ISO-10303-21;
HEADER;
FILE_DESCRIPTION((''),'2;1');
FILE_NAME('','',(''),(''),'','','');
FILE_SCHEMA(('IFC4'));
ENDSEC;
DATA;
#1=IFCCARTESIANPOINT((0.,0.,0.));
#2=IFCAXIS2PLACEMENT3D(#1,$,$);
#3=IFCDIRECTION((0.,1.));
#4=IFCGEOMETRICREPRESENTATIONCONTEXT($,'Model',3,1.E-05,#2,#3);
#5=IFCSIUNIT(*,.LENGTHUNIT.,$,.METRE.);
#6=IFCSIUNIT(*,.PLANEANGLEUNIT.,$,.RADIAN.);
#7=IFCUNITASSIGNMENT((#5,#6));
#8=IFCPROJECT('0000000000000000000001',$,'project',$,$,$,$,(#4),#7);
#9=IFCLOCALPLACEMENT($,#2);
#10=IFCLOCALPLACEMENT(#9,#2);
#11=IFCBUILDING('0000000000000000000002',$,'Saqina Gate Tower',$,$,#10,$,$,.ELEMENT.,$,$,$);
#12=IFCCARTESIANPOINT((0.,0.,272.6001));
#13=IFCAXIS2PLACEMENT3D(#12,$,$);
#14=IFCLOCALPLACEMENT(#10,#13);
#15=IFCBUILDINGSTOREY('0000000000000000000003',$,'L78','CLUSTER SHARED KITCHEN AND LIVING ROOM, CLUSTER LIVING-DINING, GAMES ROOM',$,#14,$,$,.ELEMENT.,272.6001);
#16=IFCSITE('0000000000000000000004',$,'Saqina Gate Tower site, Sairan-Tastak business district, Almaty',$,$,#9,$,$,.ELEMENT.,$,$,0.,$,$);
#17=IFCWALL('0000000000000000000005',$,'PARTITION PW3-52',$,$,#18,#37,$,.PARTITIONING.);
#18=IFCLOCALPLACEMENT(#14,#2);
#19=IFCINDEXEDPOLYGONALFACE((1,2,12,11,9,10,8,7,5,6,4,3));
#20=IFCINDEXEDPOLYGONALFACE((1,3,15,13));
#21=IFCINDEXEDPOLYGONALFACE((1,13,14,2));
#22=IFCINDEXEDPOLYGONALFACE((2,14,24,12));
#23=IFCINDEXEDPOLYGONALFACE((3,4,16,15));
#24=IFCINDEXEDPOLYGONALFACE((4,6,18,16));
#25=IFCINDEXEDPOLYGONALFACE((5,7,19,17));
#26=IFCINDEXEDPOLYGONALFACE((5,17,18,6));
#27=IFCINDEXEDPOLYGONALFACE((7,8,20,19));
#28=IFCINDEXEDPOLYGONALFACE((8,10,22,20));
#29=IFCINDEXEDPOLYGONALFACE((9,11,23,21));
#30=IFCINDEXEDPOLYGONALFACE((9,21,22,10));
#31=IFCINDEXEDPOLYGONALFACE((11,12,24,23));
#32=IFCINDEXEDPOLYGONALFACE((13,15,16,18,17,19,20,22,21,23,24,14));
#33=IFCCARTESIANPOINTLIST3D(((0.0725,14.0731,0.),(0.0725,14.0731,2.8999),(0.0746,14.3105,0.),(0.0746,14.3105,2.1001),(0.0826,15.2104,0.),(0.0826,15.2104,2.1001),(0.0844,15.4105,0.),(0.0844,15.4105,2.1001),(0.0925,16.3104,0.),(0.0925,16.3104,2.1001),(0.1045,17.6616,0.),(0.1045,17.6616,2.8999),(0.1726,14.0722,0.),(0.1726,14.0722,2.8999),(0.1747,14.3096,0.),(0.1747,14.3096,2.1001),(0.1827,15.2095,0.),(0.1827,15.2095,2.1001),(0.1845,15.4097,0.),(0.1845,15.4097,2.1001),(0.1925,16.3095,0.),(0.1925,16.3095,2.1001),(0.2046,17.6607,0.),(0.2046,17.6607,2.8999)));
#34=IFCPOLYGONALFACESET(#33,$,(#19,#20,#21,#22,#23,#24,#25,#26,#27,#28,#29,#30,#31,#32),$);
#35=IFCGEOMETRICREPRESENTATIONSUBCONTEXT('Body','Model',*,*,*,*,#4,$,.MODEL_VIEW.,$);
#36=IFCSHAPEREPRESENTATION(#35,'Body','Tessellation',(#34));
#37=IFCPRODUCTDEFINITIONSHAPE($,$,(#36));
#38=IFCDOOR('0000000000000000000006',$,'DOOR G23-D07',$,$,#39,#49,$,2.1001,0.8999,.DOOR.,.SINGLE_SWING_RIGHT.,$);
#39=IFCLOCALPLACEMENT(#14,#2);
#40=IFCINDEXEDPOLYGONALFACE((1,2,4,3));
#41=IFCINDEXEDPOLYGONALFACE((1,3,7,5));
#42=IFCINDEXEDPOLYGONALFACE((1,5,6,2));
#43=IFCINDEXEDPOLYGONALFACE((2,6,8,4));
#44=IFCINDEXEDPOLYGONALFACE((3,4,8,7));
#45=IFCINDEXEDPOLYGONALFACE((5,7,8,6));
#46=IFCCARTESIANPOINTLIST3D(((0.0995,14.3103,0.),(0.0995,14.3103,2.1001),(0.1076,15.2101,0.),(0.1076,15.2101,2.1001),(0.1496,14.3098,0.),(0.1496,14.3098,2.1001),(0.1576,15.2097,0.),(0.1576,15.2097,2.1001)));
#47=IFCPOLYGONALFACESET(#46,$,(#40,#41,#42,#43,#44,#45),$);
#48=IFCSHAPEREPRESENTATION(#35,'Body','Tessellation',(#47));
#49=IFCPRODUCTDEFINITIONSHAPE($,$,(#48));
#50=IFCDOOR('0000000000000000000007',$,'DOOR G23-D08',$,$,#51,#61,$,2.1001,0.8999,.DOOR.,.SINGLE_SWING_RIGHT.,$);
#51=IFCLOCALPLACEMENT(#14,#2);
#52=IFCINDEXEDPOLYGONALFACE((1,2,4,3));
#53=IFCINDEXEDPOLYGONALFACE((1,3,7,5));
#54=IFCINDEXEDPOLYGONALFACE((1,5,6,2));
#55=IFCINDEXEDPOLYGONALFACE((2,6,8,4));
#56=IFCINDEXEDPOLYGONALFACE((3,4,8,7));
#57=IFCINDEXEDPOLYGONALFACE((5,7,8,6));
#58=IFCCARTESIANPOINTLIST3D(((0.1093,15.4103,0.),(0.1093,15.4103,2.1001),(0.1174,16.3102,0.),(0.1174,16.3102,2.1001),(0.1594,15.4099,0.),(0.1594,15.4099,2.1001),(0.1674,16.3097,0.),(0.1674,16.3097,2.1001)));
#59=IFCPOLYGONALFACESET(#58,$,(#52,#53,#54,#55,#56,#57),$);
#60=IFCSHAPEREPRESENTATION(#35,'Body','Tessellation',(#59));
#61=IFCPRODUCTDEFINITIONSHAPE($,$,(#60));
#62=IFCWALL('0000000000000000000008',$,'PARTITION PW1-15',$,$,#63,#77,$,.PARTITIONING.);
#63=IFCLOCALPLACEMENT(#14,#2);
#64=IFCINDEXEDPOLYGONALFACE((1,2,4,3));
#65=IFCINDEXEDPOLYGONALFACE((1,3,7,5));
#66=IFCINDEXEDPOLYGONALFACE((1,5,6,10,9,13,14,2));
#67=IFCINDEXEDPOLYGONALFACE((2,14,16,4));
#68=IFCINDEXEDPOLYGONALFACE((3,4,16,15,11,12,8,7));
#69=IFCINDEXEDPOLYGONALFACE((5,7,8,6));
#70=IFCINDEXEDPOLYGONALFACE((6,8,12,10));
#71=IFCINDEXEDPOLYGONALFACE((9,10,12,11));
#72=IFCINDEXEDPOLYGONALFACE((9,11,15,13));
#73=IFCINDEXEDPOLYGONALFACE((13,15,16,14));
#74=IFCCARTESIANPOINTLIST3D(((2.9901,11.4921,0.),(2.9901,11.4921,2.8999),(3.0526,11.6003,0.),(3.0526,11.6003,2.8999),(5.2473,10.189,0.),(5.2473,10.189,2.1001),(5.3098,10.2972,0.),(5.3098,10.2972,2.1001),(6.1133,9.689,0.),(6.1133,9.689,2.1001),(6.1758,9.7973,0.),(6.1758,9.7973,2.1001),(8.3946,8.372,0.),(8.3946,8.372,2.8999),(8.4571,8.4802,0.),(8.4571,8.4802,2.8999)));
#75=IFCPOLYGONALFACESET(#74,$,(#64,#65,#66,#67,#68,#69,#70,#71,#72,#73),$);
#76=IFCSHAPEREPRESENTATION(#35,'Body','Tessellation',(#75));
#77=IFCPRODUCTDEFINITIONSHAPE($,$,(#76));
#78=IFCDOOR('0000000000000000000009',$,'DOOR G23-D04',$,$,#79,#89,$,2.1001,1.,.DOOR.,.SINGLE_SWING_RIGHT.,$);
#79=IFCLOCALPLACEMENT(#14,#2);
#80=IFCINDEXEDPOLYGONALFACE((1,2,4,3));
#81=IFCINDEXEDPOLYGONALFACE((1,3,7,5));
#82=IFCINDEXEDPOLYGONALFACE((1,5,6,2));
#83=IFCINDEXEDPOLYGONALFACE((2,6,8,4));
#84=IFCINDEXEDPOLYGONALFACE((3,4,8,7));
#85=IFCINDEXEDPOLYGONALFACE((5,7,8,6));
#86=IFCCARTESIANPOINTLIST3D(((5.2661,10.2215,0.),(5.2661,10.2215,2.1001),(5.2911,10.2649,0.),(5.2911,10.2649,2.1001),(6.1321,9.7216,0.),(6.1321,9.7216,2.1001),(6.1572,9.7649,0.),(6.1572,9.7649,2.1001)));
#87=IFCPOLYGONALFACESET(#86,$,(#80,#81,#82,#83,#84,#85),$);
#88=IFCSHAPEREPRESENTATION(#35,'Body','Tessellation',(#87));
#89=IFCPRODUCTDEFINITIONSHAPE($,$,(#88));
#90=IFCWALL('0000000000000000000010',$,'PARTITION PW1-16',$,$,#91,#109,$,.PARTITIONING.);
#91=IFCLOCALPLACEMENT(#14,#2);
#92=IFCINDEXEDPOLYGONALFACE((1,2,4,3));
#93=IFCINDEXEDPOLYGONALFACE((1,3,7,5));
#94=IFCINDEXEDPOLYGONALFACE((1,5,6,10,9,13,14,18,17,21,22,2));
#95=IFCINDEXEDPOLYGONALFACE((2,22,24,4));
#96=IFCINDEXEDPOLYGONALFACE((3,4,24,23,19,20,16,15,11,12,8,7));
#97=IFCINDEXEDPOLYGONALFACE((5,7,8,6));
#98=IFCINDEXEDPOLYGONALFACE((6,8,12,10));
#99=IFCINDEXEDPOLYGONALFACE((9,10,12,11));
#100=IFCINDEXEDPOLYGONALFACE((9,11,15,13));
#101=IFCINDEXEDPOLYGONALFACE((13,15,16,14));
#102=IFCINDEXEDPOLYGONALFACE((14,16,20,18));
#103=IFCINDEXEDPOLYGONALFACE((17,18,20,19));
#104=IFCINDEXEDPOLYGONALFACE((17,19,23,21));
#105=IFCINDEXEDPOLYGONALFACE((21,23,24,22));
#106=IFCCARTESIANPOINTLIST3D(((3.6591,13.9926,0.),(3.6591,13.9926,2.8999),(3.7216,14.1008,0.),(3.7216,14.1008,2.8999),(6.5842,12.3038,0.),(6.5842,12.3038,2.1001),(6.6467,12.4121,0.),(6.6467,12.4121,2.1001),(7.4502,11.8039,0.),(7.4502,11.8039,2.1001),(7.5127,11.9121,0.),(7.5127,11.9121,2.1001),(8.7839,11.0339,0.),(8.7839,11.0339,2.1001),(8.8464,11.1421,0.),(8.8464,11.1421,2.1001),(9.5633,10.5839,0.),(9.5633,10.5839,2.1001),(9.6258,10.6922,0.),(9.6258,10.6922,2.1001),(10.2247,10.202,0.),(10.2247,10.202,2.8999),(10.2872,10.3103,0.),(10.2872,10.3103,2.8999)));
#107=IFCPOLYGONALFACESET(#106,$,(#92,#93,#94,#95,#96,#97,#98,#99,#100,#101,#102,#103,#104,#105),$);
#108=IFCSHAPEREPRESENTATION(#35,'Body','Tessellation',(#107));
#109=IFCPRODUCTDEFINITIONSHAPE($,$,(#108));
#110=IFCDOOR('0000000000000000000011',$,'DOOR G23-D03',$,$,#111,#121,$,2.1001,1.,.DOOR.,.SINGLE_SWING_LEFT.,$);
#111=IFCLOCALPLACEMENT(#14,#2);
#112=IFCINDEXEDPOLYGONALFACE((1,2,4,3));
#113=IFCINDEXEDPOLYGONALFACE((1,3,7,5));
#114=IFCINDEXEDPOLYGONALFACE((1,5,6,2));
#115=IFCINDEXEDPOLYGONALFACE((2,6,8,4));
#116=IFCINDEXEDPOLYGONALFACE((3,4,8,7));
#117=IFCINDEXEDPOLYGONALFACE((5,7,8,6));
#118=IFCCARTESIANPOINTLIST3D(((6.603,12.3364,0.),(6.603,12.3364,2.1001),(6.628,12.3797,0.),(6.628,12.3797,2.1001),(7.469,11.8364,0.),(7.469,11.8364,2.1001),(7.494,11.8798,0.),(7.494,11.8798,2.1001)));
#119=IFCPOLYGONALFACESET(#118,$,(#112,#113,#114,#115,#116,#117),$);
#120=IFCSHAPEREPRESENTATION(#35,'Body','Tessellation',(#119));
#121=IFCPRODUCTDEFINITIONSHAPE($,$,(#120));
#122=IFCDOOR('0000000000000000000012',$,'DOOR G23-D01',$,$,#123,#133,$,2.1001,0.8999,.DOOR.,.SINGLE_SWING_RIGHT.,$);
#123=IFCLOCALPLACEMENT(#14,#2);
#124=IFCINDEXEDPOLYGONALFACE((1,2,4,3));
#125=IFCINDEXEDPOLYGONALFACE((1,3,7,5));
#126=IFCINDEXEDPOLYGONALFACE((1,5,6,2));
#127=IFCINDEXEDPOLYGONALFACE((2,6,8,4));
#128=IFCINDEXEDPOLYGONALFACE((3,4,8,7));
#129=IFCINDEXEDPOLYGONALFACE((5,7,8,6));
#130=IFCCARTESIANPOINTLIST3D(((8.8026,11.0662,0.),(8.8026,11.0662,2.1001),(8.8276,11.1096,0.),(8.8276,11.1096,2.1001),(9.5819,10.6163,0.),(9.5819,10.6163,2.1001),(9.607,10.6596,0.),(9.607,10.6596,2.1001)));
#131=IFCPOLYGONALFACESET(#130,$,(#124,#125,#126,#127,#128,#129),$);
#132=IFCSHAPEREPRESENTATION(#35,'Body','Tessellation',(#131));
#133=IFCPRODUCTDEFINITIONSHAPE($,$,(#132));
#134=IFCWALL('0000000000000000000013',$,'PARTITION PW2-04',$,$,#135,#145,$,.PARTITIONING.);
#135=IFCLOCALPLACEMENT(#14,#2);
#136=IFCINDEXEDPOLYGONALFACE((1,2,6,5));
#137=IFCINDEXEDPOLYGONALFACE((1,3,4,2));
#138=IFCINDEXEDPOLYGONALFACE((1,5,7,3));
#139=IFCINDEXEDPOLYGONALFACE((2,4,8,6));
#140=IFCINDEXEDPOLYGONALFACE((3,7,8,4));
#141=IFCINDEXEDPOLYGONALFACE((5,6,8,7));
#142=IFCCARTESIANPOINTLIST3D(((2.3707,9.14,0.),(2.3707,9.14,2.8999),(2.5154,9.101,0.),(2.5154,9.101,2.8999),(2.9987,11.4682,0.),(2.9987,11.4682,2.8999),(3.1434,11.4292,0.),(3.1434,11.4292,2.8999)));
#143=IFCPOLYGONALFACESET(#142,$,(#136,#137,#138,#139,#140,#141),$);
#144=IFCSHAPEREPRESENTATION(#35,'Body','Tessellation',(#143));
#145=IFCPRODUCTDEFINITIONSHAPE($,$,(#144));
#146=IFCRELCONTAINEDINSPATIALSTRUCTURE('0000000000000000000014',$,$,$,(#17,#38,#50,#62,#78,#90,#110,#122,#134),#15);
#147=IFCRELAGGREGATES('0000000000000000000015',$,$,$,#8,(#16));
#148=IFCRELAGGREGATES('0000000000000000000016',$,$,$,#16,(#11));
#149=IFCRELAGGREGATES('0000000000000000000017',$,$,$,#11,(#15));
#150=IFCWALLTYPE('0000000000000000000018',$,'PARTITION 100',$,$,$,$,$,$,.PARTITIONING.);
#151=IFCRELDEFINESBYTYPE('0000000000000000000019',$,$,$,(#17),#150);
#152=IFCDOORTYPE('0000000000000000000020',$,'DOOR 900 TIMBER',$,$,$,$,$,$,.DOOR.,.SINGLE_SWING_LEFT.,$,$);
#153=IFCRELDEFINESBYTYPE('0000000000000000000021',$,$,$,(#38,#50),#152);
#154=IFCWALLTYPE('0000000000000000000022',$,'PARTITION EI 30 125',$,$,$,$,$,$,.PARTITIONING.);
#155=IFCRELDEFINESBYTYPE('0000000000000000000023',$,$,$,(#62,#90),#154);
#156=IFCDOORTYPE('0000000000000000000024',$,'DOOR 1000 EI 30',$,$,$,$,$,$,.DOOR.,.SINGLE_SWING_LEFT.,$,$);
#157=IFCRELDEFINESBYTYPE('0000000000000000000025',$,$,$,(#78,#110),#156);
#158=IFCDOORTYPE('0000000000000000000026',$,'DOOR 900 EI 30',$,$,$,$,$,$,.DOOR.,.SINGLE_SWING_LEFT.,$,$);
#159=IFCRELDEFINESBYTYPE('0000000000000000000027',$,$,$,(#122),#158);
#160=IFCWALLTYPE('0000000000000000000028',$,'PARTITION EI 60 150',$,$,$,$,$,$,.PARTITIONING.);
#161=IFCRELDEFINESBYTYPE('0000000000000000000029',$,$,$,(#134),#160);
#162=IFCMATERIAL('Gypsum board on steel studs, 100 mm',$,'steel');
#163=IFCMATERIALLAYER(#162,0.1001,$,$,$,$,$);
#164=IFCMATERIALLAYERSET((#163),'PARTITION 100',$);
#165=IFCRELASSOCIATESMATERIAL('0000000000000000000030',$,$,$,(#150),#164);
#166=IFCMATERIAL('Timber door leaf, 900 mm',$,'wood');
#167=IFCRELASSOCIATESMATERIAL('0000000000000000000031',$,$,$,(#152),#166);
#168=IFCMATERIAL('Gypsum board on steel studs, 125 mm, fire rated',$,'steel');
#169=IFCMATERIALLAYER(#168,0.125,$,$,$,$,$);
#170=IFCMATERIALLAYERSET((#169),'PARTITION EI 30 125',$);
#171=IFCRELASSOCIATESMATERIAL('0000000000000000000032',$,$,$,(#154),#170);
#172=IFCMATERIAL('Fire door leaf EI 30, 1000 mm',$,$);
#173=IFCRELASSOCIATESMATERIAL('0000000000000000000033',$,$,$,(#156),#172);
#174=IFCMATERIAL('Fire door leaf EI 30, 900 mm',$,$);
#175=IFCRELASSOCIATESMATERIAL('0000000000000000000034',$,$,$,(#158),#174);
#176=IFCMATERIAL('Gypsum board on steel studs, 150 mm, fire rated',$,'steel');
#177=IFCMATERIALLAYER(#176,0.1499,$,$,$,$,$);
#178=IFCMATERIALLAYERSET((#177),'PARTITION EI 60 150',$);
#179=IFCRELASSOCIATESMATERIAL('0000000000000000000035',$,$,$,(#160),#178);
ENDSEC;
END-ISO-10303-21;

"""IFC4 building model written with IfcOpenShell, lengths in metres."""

from ifc_helpers import new_model, si_unit, direction, frame, frame_2d, origin, place, context, subcontext, project, spatial, rectangle, extrude, material, layer, layer_set, type_object, element, fill, save


model = new_model("IFC4")

# Units and contexts
model_context = context("Model", 3, precision=1e-05, world=origin(), true_north=direction((0.0, 1.0)))
body_context = subcontext(model_context, "Body", "Model", "MODEL_VIEW")
ifc_project = project(units=[si_unit("LENGTHUNIT", "METRE"), si_unit("PLANEANGLEUNIT", "RADIAN")], contexts=[model_context])

# Site, building, storey
site_placement = place(None, origin())
site = spatial("IfcSite", under=ifc_project, at=site_placement, Name="Saqina Gate Tower site, Sairan-Tastak business district, Almaty", CompositionType="ELEMENT", RefElevation=0.0)
building_placement = place(site_placement, origin())
building = spatial("IfcBuilding", under=site, at=building_placement, Name="Saqina Gate Tower", CompositionType="ELEMENT")
storey_placement = place(building_placement, frame((0.0, 0.0, 272.6001)))
storey = spatial("IfcBuildingStorey", under=building, at=storey_placement, Name="L78", Description="CLUSTER SHARED KITCHEN AND LIVING ROOM, CLUSTER LIVING-DINING, GAMES ROOM", CompositionType="ELEMENT", Elevation=272.6001)

# Shared definitions
ifc_material_1 = material(Name="Gypsum board on steel studs, 100 mm", Category="steel")
ifc_layer_1 = layer(ifc_material_1, 0.1001)
ifc_layer_set_1 = layer_set([ifc_layer_1], Name="PARTITION 100")
wall_type_1 = type_object("IfcWallType", Name="PARTITION 100", PredefinedType="PARTITIONING", material=ifc_layer_set_1)

# Wall, openings, doors
wall_1_placement = place(storey_placement, frame((0.1226, 14.0725, 0.0), z_axis=(0.0, 0.0, 1.0), x_axis=(0.008912, 0.99996, 0.0)))
wall_1 = element("IfcWall", 1, at=wall_1_placement, inside=storey, type_object=wall_type_1, Name="PARTITION PW3-52", PredefinedType="PARTITIONING", context=body_context, shape_type="SweptSolid", body=[
    extrude(rectangle(XDim=3.5886, YDim=0.1001, at=frame_2d((1.7944, 0.0))), origin(), (0.0, 0.0, 1.0), 2.8999),
])
opening_1_placement = place(wall_1_placement, frame((0.2375, 0.0, 0.0)))
opening_1 = element("IfcOpeningElement", 2, at=opening_1_placement, cuts=wall_1, PredefinedType="OPENING", context=body_context, shape_type="SweptSolid", body=[
    extrude(rectangle(XDim=0.8999, YDim=2.1001, at=frame_2d((0.45, 1.05))), frame((0.0, 0.062, 0.0), z_axis=(0.0, -1.0, 0.0), x_axis=(1.0, 0.0, 0.0)), (0.0, 0.0, 1.0), 0.124),
])
opening_2_placement = place(wall_1_placement, frame((1.3376, 0.0, 0.0)))
opening_2 = element("IfcOpeningElement", 3, at=opening_2_placement, cuts=wall_1, PredefinedType="OPENING", context=body_context, shape_type="SweptSolid", body=[
    extrude(rectangle(XDim=0.8999, YDim=2.1001, at=frame_2d((0.45, 1.05))), frame((0.0, 0.062, 0.0), z_axis=(0.0, -1.0, 0.0), x_axis=(1.0, 0.0, 0.0)), (0.0, 0.0, 1.0), 0.124),
])
ifc_material_2 = material(Name="Timber door leaf, 900 mm", Category="wood")
door_type_1 = type_object("IfcDoorType", Name="DOOR 900 TIMBER", OperationType="SINGLE_SWING_LEFT", PredefinedType="DOOR", material=ifc_material_2)
door_1_placement = place(opening_1_placement, frame((0.8999, 0.0, 0.0), z_axis=(0.0, 0.0, 1.0), x_axis=(-1.0, 0.0, 0.0)))
door_1 = element("IfcDoor", 4, at=door_1_placement, inside=storey, type_object=door_type_1, Name="DOOR G23-D07", OperationType="SINGLE_SWING_RIGHT", OverallHeight=2.1001, OverallWidth=0.8999, PredefinedType="DOOR", context=body_context, shape_type="SweptSolid", body=[
    extrude(rectangle(XDim=0.8999, YDim=2.1001, at=frame_2d((0.45, 1.05))), frame((0.0, 0.0249, 0.0), z_axis=(0.0, -1.0, 0.0), x_axis=(1.0, 0.0, 0.0)), (0.0, 0.0, 1.0), 0.05),
])
fill(opening_1, door_1)
door_2_placement = place(opening_2_placement, frame((0.8999, 0.0, 0.0), z_axis=(0.0, 0.0, 1.0), x_axis=(-1.0, 0.0, 0.0)))
door_2 = element("IfcDoor", 5, at=door_2_placement, inside=storey, type_object=door_type_1, Name="DOOR G23-D08", OperationType="SINGLE_SWING_RIGHT", OverallHeight=2.1001, OverallWidth=0.8999, PredefinedType="DOOR", context=body_context, shape_type="SweptSolid", body=[
    extrude(rectangle(XDim=0.8999, YDim=2.1001, at=frame_2d((0.45, 1.05))), frame((0.0, 0.0249, 0.0), z_axis=(0.0, -1.0, 0.0), x_axis=(1.0, 0.0, 0.0)), (0.0, 0.0, 1.0), 0.05),
])
fill(opening_2, door_2)

# Wall, opening, door
ifc_material_3 = material(Name="Gypsum board on steel studs, 125 mm, fire rated", Category="steel")
ifc_layer_2 = layer(ifc_material_3, 0.125)
ifc_layer_set_2 = layer_set([ifc_layer_2], Name="PARTITION EI 30 125")
wall_type_2 = type_object("IfcWallType", Name="PARTITION EI 30 125", PredefinedType="PARTITIONING", material=ifc_layer_set_2)
wall_2_placement = place(storey_placement, frame((3.0215, 11.5461, 0.0), z_axis=(0.0, 0.0, 1.0), x_axis=(0.866039, -0.499976, 0.0)))
wall_2 = element("IfcWall", 6, at=wall_2_placement, inside=storey, type_object=wall_type_2, Name="PARTITION PW1-15", PredefinedType="PARTITIONING", context=body_context, shape_type="SweptSolid", body=[
    extrude(rectangle(XDim=6.2405, YDim=0.125, at=frame_2d((3.1201, 0.0))), origin(), (0.0, 0.0, 1.0), 2.8999),
])
opening_3_placement = place(wall_2_placement, frame((2.6062, 0.0, 0.0)))
opening_3 = element("IfcOpeningElement", 7, at=opening_3_placement, cuts=wall_2, PredefinedType="OPENING", context=body_context, shape_type="SweptSolid", body=[
    extrude(rectangle(XDim=1.0, YDim=2.1001, at=frame_2d((0.5, 1.05))), frame((0.0, 0.0745, 0.0), z_axis=(0.0, -1.0, 0.0), x_axis=(1.0, 0.0, 0.0)), (0.0, 0.0, 1.0), 0.1489),
])
ifc_material_4 = material(Name="Fire door leaf EI 30, 1000 mm")
door_type_2 = type_object("IfcDoorType", Name="DOOR 1000 EI 30", OperationType="SINGLE_SWING_LEFT", PredefinedType="DOOR", material=ifc_material_4)
door_3_placement = place(opening_3_placement, frame((1.0, 0.0, 0.0), z_axis=(0.0, 0.0, 1.0), x_axis=(-1.0, 0.0, 0.0)))
door_3 = element("IfcDoor", 8, at=door_3_placement, inside=storey, type_object=door_type_2, Name="DOOR G23-D04", OperationType="SINGLE_SWING_RIGHT", OverallHeight=2.1001, OverallWidth=1.0, PredefinedType="DOOR", context=body_context, shape_type="SweptSolid", body=[
    extrude(rectangle(XDim=1.0, YDim=2.1001, at=frame_2d((0.5, 1.05))), frame((0.0, 0.0249, 0.0), z_axis=(0.0, -1.0, 0.0), x_axis=(1.0, 0.0, 0.0)), (0.0, 0.0, 1.0), 0.05),
])
fill(opening_3, door_3)

# Wall, openings, doors
wall_3_placement = place(storey_placement, frame((3.6904, 14.0466, 0.0), z_axis=(0.0, 0.0, 1.0), x_axis=(0.866035, -0.499984, 0.0)))
wall_3 = element("IfcWall", 9, at=wall_3_placement, inside=storey, type_object=wall_type_2, Name="PARTITION PW1-16", PredefinedType="PARTITIONING", context=body_context, shape_type="SweptSolid", body=[
    extrude(rectangle(XDim=7.5813, YDim=0.125, at=frame_2d((3.7905, 0.0))), origin(), (0.0, 0.0, 1.0), 2.8999),
])
opening_4_placement = place(wall_3_placement, frame((5.9175, 0.0, 0.0)))
opening_4 = element("IfcOpeningElement", 10, at=opening_4_placement, cuts=wall_3, PredefinedType="OPENING", context=body_context, shape_type="SweptSolid", body=[
    extrude(rectangle(XDim=0.8999, YDim=2.1001, at=frame_2d((0.45, 1.05))), frame((0.0, 0.0745, 0.0), z_axis=(0.0, -1.0, 0.0), x_axis=(1.0, 0.0, 0.0)), (0.0, 0.0, 1.0), 0.1489),
])
opening_5_placement = place(wall_3_placement, frame((3.3774, 0.0, 0.0)))
opening_5 = element("IfcOpeningElement", 11, at=opening_5_placement, cuts=wall_3, PredefinedType="OPENING", context=body_context, shape_type="SweptSolid", body=[
    extrude(rectangle(XDim=1.0, YDim=2.1001, at=frame_2d((0.5, 1.05))), frame((0.0, 0.0745, 0.0), z_axis=(0.0, -1.0, 0.0), x_axis=(1.0, 0.0, 0.0)), (0.0, 0.0, 1.0), 0.1489),
])
door_4_placement = place(opening_5_placement, frame((1.0, 0.0, 0.0), z_axis=(0.0, 0.0, 1.0), x_axis=(-1.0, 0.0, 0.0)))
door_4 = element("IfcDoor", 12, at=door_4_placement, inside=storey, type_object=door_type_2, Name="DOOR G23-D03", OperationType="SINGLE_SWING_LEFT", OverallHeight=2.1001, OverallWidth=1.0, PredefinedType="DOOR", context=body_context, shape_type="SweptSolid", body=[
    extrude(rectangle(XDim=1.0, YDim=2.1001, at=frame_2d((0.5, 1.05))), frame((0.0, 0.0249, 0.0), z_axis=(0.0, -1.0, 0.0), x_axis=(1.0, 0.0, 0.0)), (0.0, 0.0, 1.0), 0.05),
])
fill(opening_5, door_4)
ifc_material_5 = material(Name="Fire door leaf EI 30, 900 mm")
door_type_3 = type_object("IfcDoorType", Name="DOOR 900 EI 30", OperationType="SINGLE_SWING_LEFT", PredefinedType="DOOR", material=ifc_material_5)
door_5_placement = place(opening_4_placement, origin())
door_5 = element("IfcDoor", 13, at=door_5_placement, inside=storey, type_object=door_type_3, Name="DOOR G23-D01", OperationType="SINGLE_SWING_RIGHT", OverallHeight=2.1001, OverallWidth=0.8999, PredefinedType="DOOR", context=body_context, shape_type="SweptSolid", body=[
    extrude(rectangle(XDim=0.8999, YDim=2.1001, at=frame_2d((0.45, 1.05))), frame((0.0, 0.0249, 0.0), z_axis=(0.0, -1.0, 0.0), x_axis=(1.0, 0.0, 0.0)), (0.0, 0.0, 1.0), 0.05),
])
fill(opening_4, door_5)

# Wall
ifc_material_6 = material(Name="Gypsum board on steel studs, 150 mm, fire rated", Category="steel")
ifc_layer_3 = layer(ifc_material_6, 0.1499)
ifc_layer_set_3 = layer_set([ifc_layer_3], Name="PARTITION EI 60 150")
wall_type_3 = type_object("IfcWallType", Name="PARTITION EI 60 150", PredefinedType="PARTITIONING", material=ifc_layer_set_3)
wall_4_placement = place(storey_placement, frame((2.4431, 9.1206, 0.0), z_axis=(0.0, 0.0, 1.0), x_axis=(0.260409, 0.965498, 0.0)))
element("IfcWall", 14, at=wall_4_placement, inside=storey, type_object=wall_type_3, Name="PARTITION PW2-04", PredefinedType="PARTITIONING", context=body_context, shape_type="SweptSolid", body=[
    extrude(rectangle(XDim=2.4114, YDim=0.1499, at=frame_2d((1.2056, 0.0))), origin(), (0.0, 0.0, 1.0), 2.8999),
])

save(model, "model.ifc")
